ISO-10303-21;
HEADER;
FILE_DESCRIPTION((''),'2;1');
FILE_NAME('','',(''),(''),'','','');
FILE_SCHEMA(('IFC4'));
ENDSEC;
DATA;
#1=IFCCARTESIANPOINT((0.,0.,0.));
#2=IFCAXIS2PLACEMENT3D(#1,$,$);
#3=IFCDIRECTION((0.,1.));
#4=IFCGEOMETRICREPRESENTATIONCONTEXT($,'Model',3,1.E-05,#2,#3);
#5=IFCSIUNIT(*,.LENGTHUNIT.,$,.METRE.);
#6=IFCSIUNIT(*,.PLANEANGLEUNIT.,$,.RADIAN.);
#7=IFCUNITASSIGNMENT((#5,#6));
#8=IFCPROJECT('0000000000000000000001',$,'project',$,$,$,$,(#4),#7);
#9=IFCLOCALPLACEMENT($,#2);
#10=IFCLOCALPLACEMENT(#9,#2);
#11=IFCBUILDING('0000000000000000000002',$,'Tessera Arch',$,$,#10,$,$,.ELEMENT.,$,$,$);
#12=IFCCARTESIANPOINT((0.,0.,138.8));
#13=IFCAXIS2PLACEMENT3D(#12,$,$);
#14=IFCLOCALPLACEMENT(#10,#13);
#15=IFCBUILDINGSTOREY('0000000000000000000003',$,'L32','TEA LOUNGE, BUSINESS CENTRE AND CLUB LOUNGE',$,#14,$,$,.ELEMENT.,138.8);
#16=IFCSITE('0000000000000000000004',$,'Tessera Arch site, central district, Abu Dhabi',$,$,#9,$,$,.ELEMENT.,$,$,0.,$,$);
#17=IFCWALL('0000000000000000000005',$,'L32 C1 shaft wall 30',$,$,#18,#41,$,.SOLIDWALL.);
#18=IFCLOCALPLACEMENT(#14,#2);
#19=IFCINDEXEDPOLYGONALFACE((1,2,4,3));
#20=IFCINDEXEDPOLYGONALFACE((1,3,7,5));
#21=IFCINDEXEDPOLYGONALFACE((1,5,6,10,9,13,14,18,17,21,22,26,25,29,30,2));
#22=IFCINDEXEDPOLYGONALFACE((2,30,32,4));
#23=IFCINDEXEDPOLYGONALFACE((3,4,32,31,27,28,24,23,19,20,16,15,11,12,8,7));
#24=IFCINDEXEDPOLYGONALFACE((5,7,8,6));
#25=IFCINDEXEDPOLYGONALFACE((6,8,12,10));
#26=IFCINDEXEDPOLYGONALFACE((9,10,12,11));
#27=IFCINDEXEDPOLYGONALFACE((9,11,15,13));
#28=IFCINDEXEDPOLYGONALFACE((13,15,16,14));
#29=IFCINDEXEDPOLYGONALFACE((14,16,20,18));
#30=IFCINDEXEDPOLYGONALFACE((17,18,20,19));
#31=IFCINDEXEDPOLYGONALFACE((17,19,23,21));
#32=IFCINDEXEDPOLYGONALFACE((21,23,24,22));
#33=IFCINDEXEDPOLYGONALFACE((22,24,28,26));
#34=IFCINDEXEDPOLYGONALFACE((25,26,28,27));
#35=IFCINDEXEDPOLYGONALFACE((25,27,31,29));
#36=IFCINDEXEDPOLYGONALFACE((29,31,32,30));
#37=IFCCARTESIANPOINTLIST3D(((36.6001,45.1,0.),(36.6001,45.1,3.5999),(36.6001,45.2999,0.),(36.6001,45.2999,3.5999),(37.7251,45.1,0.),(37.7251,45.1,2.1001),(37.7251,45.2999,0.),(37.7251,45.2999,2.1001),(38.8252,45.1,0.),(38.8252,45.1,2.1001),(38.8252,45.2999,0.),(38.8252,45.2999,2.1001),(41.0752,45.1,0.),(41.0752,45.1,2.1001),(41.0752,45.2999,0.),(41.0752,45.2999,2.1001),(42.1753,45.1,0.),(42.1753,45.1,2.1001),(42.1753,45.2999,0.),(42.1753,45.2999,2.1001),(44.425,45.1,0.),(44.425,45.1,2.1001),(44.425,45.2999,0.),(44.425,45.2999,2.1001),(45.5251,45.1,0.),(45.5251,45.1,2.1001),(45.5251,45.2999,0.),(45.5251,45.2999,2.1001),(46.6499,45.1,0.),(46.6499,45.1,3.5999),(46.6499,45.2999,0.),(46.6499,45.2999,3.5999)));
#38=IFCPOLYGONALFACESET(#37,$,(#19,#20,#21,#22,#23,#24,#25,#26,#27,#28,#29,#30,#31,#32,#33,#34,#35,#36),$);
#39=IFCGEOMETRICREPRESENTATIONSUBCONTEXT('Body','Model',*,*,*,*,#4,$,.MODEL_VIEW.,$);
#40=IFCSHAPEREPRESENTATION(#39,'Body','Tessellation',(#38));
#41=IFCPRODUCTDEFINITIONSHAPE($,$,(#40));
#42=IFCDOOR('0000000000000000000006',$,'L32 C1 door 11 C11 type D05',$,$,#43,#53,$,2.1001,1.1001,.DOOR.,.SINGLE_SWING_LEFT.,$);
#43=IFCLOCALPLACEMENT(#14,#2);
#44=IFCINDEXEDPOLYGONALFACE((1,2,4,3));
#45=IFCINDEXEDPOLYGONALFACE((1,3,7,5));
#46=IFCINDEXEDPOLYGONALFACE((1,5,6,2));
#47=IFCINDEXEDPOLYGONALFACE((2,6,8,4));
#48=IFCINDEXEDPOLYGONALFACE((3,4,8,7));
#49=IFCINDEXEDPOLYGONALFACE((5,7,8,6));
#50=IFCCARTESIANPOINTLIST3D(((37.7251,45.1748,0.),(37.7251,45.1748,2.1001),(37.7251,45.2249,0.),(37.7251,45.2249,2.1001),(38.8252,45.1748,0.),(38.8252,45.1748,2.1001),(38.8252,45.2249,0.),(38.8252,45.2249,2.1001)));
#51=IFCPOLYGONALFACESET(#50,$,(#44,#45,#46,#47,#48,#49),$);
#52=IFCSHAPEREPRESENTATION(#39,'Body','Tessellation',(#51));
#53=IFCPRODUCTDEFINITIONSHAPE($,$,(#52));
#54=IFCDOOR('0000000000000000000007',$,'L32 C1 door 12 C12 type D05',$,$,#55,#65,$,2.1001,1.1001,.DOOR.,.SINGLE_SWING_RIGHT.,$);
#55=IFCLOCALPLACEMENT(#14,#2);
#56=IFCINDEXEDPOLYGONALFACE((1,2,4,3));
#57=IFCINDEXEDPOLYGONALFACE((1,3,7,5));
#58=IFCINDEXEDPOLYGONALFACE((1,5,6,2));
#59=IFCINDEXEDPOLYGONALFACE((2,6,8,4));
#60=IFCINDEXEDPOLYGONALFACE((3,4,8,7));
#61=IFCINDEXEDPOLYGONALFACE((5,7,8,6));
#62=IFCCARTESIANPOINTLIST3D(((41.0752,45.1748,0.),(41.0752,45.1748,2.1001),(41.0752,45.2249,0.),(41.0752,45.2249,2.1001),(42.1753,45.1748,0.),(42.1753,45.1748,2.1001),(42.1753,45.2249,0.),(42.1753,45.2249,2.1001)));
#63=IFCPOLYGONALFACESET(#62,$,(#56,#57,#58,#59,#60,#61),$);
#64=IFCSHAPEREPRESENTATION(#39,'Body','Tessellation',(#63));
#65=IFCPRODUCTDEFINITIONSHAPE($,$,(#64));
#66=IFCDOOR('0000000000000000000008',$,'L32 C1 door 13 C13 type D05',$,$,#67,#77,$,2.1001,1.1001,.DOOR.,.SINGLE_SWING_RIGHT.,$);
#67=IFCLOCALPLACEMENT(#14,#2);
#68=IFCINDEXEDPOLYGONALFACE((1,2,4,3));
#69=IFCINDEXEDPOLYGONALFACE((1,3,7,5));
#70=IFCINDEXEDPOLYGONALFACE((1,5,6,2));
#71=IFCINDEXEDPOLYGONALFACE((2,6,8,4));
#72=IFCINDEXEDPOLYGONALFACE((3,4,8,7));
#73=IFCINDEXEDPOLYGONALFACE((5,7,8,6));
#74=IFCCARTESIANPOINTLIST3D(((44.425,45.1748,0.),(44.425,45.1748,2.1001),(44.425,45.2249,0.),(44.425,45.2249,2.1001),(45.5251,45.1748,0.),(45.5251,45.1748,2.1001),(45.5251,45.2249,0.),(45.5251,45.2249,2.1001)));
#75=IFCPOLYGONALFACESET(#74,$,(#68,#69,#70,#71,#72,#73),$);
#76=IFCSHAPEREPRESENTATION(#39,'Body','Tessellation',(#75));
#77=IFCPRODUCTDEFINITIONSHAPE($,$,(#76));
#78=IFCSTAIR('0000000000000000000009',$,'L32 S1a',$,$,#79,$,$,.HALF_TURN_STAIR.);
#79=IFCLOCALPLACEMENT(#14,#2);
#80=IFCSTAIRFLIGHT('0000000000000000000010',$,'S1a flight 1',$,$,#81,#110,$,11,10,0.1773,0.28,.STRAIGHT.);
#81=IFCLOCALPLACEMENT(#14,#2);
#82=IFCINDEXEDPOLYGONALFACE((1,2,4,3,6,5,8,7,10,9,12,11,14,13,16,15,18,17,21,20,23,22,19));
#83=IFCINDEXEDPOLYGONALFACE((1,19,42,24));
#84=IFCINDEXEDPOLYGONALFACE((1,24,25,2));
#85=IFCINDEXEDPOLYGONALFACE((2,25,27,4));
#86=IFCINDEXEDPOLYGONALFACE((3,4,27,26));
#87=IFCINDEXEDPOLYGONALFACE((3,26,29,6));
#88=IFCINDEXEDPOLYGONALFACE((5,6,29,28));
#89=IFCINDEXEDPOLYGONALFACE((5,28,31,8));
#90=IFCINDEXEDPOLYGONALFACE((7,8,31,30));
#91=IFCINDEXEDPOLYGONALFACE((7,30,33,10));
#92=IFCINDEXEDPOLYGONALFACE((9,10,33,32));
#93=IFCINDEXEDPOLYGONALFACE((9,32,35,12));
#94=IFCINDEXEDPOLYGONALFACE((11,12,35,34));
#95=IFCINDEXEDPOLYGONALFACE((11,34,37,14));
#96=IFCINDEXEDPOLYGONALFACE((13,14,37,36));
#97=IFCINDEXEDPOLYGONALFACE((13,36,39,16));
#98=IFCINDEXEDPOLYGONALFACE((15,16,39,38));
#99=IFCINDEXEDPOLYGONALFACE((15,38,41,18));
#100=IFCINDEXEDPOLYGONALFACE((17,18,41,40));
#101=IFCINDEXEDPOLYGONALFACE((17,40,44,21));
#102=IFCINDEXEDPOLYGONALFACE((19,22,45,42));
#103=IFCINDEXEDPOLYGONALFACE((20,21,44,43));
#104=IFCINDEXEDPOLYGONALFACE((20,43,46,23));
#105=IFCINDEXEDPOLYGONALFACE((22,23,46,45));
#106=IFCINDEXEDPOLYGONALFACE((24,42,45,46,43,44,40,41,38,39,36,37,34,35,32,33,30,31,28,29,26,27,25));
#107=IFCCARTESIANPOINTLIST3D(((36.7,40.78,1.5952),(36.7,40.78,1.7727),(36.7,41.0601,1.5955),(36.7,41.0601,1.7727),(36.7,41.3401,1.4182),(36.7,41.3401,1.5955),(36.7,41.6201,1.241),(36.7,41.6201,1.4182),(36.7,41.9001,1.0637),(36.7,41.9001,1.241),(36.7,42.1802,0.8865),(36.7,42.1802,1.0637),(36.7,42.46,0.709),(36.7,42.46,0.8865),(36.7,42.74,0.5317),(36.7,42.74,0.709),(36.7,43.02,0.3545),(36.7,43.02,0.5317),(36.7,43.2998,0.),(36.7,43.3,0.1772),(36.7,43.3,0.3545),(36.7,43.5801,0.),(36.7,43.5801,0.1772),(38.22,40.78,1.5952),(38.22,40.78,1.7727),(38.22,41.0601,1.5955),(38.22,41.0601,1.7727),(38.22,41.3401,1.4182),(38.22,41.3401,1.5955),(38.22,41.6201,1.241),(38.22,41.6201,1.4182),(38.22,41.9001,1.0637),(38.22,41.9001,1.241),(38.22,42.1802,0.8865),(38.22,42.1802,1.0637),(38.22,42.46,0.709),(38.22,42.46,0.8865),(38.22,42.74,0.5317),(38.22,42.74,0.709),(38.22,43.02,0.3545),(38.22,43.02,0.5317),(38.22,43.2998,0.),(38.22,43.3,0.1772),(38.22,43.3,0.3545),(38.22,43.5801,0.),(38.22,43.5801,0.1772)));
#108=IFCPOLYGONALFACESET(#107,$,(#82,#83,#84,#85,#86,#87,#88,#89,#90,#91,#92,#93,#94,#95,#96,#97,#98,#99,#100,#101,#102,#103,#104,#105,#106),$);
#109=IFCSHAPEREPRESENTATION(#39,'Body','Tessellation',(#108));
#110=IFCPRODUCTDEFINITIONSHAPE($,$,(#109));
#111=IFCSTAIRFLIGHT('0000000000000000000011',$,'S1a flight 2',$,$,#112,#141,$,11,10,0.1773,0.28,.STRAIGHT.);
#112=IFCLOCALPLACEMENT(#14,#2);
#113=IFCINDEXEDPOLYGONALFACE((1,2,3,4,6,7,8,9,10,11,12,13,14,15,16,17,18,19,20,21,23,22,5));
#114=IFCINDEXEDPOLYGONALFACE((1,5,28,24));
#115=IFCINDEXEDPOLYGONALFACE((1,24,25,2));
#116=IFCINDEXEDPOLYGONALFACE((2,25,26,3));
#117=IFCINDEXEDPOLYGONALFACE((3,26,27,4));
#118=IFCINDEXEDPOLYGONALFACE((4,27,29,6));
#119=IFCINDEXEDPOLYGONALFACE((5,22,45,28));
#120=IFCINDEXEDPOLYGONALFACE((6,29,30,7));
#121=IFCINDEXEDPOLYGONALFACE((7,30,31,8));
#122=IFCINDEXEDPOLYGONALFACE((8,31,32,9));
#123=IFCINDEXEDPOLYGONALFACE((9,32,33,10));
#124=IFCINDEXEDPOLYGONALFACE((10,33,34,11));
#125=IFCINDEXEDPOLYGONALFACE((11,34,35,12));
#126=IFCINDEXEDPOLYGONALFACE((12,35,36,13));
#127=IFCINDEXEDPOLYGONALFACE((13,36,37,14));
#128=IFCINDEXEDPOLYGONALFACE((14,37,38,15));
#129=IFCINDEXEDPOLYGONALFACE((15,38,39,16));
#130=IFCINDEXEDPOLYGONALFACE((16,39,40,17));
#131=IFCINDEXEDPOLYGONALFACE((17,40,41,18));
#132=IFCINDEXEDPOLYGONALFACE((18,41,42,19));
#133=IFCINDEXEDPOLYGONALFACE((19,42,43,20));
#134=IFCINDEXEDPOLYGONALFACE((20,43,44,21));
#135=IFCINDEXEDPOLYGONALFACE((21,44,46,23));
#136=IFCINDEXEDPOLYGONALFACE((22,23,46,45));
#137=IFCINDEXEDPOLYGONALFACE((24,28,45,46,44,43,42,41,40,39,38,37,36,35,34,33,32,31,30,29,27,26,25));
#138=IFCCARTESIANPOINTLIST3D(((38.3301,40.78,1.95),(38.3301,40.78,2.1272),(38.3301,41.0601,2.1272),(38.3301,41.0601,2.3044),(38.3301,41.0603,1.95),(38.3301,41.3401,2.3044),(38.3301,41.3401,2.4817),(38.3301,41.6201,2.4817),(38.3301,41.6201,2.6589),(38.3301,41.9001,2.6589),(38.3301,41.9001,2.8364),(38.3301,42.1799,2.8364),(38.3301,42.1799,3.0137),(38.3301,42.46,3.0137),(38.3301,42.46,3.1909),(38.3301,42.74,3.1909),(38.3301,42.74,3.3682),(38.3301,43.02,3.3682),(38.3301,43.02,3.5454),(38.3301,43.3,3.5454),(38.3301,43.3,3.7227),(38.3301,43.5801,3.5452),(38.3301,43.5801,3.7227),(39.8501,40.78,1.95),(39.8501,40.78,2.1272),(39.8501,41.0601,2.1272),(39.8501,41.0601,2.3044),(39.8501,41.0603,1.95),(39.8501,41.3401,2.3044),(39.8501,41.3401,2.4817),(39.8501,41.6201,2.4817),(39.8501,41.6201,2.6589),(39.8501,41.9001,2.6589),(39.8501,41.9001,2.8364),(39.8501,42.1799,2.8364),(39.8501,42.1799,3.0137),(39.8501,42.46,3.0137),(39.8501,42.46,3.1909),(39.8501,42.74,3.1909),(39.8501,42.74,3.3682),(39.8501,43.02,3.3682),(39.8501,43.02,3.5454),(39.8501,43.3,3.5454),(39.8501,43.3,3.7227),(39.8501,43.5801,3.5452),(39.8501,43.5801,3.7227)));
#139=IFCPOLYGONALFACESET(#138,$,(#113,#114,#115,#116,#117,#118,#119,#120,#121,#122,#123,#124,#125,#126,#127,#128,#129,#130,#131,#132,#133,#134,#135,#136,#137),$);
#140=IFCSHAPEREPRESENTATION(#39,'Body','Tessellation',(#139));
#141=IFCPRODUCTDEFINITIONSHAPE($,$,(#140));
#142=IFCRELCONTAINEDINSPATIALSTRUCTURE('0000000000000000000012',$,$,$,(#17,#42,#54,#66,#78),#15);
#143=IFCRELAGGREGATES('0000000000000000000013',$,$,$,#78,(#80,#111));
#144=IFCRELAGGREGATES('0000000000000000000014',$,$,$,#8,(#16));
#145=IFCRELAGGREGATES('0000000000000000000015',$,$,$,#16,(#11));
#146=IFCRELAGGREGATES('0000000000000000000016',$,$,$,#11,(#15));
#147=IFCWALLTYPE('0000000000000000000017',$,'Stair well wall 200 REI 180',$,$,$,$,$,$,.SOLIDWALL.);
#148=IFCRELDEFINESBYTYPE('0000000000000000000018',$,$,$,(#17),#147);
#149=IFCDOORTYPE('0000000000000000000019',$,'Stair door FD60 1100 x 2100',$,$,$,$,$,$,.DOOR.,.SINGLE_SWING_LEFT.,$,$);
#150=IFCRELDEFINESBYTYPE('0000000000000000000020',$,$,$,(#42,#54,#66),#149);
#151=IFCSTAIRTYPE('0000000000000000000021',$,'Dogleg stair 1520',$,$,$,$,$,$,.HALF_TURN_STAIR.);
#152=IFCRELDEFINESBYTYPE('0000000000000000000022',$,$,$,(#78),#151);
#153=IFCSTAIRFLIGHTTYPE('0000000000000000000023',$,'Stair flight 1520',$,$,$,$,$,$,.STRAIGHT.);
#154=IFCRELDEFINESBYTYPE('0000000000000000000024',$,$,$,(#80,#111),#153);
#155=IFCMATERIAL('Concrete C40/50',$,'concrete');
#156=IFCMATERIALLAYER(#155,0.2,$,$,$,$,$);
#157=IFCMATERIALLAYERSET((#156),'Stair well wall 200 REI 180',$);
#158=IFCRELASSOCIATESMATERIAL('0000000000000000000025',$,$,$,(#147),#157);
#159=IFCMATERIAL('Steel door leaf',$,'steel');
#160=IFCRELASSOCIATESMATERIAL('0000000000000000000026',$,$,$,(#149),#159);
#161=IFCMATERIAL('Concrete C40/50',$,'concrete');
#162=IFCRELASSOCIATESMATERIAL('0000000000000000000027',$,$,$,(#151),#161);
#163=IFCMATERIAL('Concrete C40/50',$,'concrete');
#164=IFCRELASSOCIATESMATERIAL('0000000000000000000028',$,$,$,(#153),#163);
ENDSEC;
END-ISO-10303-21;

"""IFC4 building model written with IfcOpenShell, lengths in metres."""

from ifc_helpers import new_model, si_unit, direction, frame, frame_2d, origin, place, context, subcontext, project, spatial, polyline, rectangle, outline, extrude, material, layer, layer_set, type_object, element, fill, aggregate, save


model = new_model("IFC4")

# Units and contexts
model_context = context("Model", 3, precision=1e-05, world=origin(), true_north=direction((0.0, 1.0)))
body_context = subcontext(model_context, "Body", "Model", "MODEL_VIEW")
ifc_project = project(units=[si_unit("LENGTHUNIT", "METRE"), si_unit("PLANEANGLEUNIT", "RADIAN")], contexts=[model_context])

# Site, building, storey
site_placement = place(None, origin())
site = spatial("IfcSite", under=ifc_project, at=site_placement, Name="Tessera Arch site, central district, Abu Dhabi", CompositionType="ELEMENT", RefElevation=0.0)
building_placement = place(site_placement, origin())
building = spatial("IfcBuilding", under=site, at=building_placement, Name="Tessera Arch", CompositionType="ELEMENT")
storey_placement = place(building_placement, frame((0.0, 0.0, 138.8)))
storey = spatial("IfcBuildingStorey", under=building, at=storey_placement, Name="L32", Description="TEA LOUNGE, BUSINESS CENTRE AND CLUB LOUNGE", CompositionType="ELEMENT", Elevation=138.8)

# Shared definitions
ifc_material_1 = material(Name="Concrete C40/50", Category="concrete")
ifc_layer_1 = layer(ifc_material_1, 0.2)
ifc_layer_set_1 = layer_set([ifc_layer_1], Name="Stair well wall 200 REI 180")
wall_type_1 = type_object("IfcWallType", Name="Stair well wall 200 REI 180", PredefinedType="SOLIDWALL", material=ifc_layer_set_1)

# Wall, openings, doors
wall_1_placement = place(storey_placement, frame((36.6001, 45.2, 0.0), z_axis=(0.0, 0.0, 1.0), x_axis=(1.0, 0.0, 0.0)))
wall_1 = element("IfcWall", 1, at=wall_1_placement, inside=storey, type_object=wall_type_1, Name="L32 C1 shaft wall 30", PredefinedType="SOLIDWALL", context=body_context, shape_type="SweptSolid", body=[
    extrude(rectangle(XDim=10.0498, YDim=0.2, at=frame_2d((5.0249, 0.0))), origin(), (0.0, 0.0, 1.0), 3.5999),
])
opening_1_placement = place(wall_1_placement, frame((1.125, 0.0, 0.0)))
opening_1 = element("IfcOpeningElement", 2, at=opening_1_placement, cuts=wall_1, PredefinedType="OPENING", context=body_context, shape_type="SweptSolid", body=[
    extrude(rectangle(XDim=1.1001, YDim=2.1001, at=frame_2d((0.55, 1.05))), frame((0.0, 0.1099, 0.0), z_axis=(0.0, -1.0, 0.0), x_axis=(1.0, 0.0, 0.0)), (0.0, 0.0, 1.0), 0.22),
])
opening_2_placement = place(wall_1_placement, frame((4.4751, 0.0, 0.0)))
opening_2 = element("IfcOpeningElement", 3, at=opening_2_placement, cuts=wall_1, PredefinedType="OPENING", context=body_context, shape_type="SweptSolid", body=[
    extrude(rectangle(XDim=1.1001, YDim=2.1001, at=frame_2d((0.55, 1.05))), frame((0.0, 0.1099, 0.0), z_axis=(0.0, -1.0, 0.0), x_axis=(1.0, 0.0, 0.0)), (0.0, 0.0, 1.0), 0.22),
])
opening_3_placement = place(wall_1_placement, frame((7.825, 0.0, 0.0)))
opening_3 = element("IfcOpeningElement", 4, at=opening_3_placement, cuts=wall_1, PredefinedType="OPENING", context=body_context, shape_type="SweptSolid", body=[
    extrude(rectangle(XDim=1.1001, YDim=2.1001, at=frame_2d((0.55, 1.05))), frame((0.0, 0.1099, 0.0), z_axis=(0.0, -1.0, 0.0), x_axis=(1.0, 0.0, 0.0)), (0.0, 0.0, 1.0), 0.22),
])
ifc_material_2 = material(Name="Steel door leaf", Category="steel")
door_type_1 = type_object("IfcDoorType", Name="Stair door FD60 1100 x 2100", OperationType="SINGLE_SWING_LEFT", PredefinedType="DOOR", material=ifc_material_2)
door_1_placement = place(opening_1_placement, origin())
door_1 = element("IfcDoor", 5, at=door_1_placement, inside=storey, type_object=door_type_1, Name="L32 C1 door 11 C11 type D05", OperationType="SINGLE_SWING_LEFT", OverallHeight=2.1001, OverallWidth=1.1001, PredefinedType="DOOR", context=body_context, shape_type="SweptSolid", body=[
    extrude(rectangle(XDim=1.1001, YDim=2.1001, at=frame_2d((0.55, 1.05))), frame((0.0, 0.0249, 0.0), z_axis=(0.0, -1.0, 0.0), x_axis=(1.0, 0.0, 0.0)), (0.0, 0.0, 1.0), 0.05),
])
fill(opening_1, door_1)
door_2_placement = place(opening_2_placement, origin())
door_2 = element("IfcDoor", 6, at=door_2_placement, inside=storey, type_object=door_type_1, Name="L32 C1 door 12 C12 type D05", OperationType="SINGLE_SWING_RIGHT", OverallHeight=2.1001, OverallWidth=1.1001, PredefinedType="DOOR", context=body_context, shape_type="SweptSolid", body=[
    extrude(rectangle(XDim=1.1001, YDim=2.1001, at=frame_2d((0.55, 1.05))), frame((0.0, 0.0249, 0.0), z_axis=(0.0, -1.0, 0.0), x_axis=(1.0, 0.0, 0.0)), (0.0, 0.0, 1.0), 0.05),
])
fill(opening_2, door_2)
door_3_placement = place(opening_3_placement, origin())
door_3 = element("IfcDoor", 7, at=door_3_placement, inside=storey, type_object=door_type_1, Name="L32 C1 door 13 C13 type D05", OperationType="SINGLE_SWING_RIGHT", OverallHeight=2.1001, OverallWidth=1.1001, PredefinedType="DOOR", context=body_context, shape_type="SweptSolid", body=[
    extrude(rectangle(XDim=1.1001, YDim=2.1001, at=frame_2d((0.55, 1.05))), frame((0.0, 0.0249, 0.0), z_axis=(0.0, -1.0, 0.0), x_axis=(1.0, 0.0, 0.0)), (0.0, 0.0, 1.0), 0.05),
])
fill(opening_3, door_3)

# Stair, stair flights
ifc_material_3 = material(Name="Concrete C40/50", Category="concrete")
stair_type = type_object("IfcStairType", Name="Dogleg stair 1520", PredefinedType="HALF_TURN_STAIR", material=ifc_material_3)
stair_placement = place(storey_placement, origin())
stair = element("IfcStair", 8, at=stair_placement, inside=storey, type_object=stair_type, Name="L32 S1a", PredefinedType="HALF_TURN_STAIR")
ifc_material_4 = material(Name="Concrete C40/50", Category="concrete")
stair_flight_type = type_object("IfcStairFlightType", Name="Stair flight 1520", PredefinedType="STRAIGHT", material=ifc_material_4)
stair_flight_1_placement = place(storey_placement, frame((37.46, 43.5801, 0.0), z_axis=(0.0, 0.0, 1.0), x_axis=(0.0, -1.0, 0.0)))
stair_flight_1 = element("IfcStairFlight", 9, at=stair_flight_1_placement, type_object=stair_flight_type, Name="S1a flight 1", NumberOfRisers=11, NumberOfTreads=10, PredefinedType="STRAIGHT", RiserHeight=0.1773, TreadLength=0.28, context=body_context, shape_type="SweptSolid", body=[
    extrude(outline(polyline([(0.0, 0.0), (0.0, 0.1772), (0.28, 0.1772), (0.28, 0.3545), (0.5601, 0.3545), (0.5601, 0.5317), (0.8401, 0.5317), (0.8401, 0.709), (1.1201, 0.709), (1.1201, 0.8865), (1.3999, 0.8865), (1.3999, 1.0637), (1.6799, 1.0637), (1.6799, 1.241), (1.96, 1.241), (1.96, 1.4182), (2.24, 1.4182), (2.24, 1.5955), (2.52, 1.5955), (2.52, 1.7727), (2.8, 1.7727), (2.8, 1.95), (2.8, 1.5952), (0.2803, 0.0), (0.0, 0.0)])), frame((0.0, 0.76, 0.0), z_axis=(0.0, -1.0, 0.0), x_axis=(1.0, 0.0, 0.0)), (0.0, 0.0, 1.0), 1.52),
])
stair_flight_2_placement = place(storey_placement, frame((39.0901, 40.78, 1.95), z_axis=(0.0, 0.0, 1.0), x_axis=(0.0, 1.0, 0.0)))
stair_flight_2 = element("IfcStairFlight", 10, at=stair_flight_2_placement, type_object=stair_flight_type, Name="S1a flight 2", NumberOfRisers=11, NumberOfTreads=10, PredefinedType="STRAIGHT", RiserHeight=0.1773, TreadLength=0.28, context=body_context, shape_type="SweptSolid", body=[
    extrude(outline(polyline([(0.0, 0.0), (0.0, 0.1772), (0.28, 0.1772), (0.28, 0.3545), (0.5601, 0.3545), (0.5601, 0.5317), (0.8401, 0.5317), (0.8401, 0.709), (1.1201, 0.709), (1.1201, 0.8865), (1.3999, 0.8865), (1.3999, 1.0637), (1.6799, 1.0637), (1.6799, 1.241), (1.96, 1.241), (1.96, 1.4182), (2.24, 1.4182), (2.24, 1.5955), (2.52, 1.5955), (2.52, 1.7727), (2.8, 1.7727), (2.8, 1.95), (2.8, 1.5952), (0.2803, 0.0), (0.0, 0.0)])), frame((0.0, 0.76, 0.0), z_axis=(0.0, -1.0, 0.0), x_axis=(1.0, 0.0, 0.0)), (0.0, 0.0, 1.0), 1.52),
])
aggregate(stair, [stair_flight_1, stair_flight_2])

save(model, "model.ifc")
